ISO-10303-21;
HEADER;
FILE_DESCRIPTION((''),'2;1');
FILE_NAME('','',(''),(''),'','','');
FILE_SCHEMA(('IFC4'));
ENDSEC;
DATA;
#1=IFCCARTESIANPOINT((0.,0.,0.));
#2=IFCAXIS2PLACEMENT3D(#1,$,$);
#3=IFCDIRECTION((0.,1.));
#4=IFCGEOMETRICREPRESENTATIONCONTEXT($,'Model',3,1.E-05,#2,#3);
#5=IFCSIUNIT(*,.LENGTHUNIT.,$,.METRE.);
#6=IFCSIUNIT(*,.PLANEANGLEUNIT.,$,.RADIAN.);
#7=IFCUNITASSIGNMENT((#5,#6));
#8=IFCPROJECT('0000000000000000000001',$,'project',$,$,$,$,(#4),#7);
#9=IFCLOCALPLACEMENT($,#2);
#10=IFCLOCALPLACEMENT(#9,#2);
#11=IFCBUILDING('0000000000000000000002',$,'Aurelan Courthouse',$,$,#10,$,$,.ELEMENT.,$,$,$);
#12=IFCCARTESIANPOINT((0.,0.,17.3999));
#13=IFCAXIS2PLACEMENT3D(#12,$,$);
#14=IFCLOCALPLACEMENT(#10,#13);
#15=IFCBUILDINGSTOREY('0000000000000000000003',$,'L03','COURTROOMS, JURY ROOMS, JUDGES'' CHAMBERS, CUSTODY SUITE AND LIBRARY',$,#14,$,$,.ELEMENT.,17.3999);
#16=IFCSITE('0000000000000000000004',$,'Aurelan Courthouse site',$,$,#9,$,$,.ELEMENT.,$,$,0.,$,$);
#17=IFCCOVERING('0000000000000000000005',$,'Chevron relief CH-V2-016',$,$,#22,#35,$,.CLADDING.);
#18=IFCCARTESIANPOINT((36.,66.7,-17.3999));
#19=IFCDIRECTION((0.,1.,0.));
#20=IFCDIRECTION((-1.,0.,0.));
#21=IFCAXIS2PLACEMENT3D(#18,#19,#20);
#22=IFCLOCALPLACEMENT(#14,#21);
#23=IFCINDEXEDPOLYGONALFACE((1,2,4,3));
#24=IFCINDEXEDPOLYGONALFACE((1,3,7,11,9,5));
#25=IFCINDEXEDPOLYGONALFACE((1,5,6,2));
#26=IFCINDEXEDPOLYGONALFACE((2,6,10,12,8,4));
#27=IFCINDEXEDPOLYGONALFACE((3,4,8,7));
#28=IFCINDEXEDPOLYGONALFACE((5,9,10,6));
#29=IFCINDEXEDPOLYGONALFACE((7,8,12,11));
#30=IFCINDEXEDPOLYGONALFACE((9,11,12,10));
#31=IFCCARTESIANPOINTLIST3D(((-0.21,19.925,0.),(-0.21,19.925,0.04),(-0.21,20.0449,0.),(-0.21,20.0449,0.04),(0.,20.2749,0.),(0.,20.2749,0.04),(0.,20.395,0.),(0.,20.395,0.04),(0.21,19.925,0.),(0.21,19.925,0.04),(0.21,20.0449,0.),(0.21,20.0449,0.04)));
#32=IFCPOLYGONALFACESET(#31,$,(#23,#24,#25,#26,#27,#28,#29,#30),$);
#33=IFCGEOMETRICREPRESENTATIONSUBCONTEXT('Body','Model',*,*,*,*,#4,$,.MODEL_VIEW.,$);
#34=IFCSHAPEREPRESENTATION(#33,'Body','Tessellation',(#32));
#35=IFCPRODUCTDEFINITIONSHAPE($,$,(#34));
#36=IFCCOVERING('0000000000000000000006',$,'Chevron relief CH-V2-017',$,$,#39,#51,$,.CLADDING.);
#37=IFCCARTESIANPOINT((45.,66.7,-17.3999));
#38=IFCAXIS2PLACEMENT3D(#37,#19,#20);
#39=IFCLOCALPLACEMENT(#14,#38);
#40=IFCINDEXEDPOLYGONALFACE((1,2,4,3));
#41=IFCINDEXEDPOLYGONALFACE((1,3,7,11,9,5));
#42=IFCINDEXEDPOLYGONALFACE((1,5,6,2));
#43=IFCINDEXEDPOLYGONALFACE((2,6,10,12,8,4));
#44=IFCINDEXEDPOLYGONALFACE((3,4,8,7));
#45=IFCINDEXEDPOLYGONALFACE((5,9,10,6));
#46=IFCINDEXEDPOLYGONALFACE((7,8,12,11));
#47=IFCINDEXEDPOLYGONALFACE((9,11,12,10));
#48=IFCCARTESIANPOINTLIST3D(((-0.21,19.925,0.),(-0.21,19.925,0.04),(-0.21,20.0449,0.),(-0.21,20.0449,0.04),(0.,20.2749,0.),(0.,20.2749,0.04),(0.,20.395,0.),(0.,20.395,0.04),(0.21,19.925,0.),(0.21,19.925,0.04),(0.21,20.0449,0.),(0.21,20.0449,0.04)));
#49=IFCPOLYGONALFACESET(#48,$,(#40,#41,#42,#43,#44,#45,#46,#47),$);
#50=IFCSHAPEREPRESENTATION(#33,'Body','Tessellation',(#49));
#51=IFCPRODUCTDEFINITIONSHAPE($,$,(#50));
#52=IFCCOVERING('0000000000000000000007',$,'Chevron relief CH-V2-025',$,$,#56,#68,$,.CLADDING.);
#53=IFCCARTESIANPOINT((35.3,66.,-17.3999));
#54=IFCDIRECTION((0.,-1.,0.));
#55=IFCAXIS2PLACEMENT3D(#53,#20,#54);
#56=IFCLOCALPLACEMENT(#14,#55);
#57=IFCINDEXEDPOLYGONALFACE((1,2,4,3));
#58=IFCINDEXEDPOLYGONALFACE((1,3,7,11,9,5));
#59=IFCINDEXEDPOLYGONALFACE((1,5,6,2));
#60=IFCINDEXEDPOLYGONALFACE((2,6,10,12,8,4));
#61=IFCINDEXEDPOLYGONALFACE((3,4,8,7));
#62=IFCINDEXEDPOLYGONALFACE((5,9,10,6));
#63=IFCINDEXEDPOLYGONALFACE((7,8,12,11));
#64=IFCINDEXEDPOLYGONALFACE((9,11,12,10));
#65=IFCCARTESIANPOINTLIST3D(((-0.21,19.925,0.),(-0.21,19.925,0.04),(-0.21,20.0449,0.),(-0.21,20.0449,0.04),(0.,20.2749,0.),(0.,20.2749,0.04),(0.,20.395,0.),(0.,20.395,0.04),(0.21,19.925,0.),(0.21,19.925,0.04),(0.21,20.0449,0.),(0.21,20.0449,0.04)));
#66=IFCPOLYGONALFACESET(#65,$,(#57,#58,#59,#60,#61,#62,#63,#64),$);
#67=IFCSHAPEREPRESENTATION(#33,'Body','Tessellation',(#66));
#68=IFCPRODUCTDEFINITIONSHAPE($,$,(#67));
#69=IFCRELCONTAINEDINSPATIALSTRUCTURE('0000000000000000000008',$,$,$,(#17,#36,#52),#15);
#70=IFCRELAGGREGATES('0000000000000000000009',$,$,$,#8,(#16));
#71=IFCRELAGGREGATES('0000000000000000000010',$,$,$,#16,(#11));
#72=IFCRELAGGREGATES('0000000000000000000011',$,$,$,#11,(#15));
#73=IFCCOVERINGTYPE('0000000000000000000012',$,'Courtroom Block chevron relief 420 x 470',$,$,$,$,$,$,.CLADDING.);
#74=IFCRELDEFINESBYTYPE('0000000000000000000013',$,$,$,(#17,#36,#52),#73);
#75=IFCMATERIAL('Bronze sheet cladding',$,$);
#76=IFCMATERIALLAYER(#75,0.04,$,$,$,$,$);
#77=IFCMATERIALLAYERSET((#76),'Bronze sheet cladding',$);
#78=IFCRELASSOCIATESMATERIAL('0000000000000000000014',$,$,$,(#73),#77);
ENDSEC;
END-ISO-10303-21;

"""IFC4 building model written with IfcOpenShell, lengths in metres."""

from ifc_helpers import new_model, si_unit, direction, frame, origin, place, context, subcontext, project, spatial, polyline, outline, extrude, material, layer, layer_set, type_object, element, save


model = new_model("IFC4")

# Units and contexts
model_context = context("Model", 3, precision=1e-05, world=origin(), true_north=direction((0.0, 1.0)))
body_context = subcontext(model_context, "Body", "Model", "MODEL_VIEW")
ifc_project = project(units=[si_unit("LENGTHUNIT", "METRE"), si_unit("PLANEANGLEUNIT", "RADIAN")], contexts=[model_context])

# Site, building, storey
site_placement = place(None, origin())
site = spatial("IfcSite", under=ifc_project, at=site_placement, Name="Aurelan Courthouse site", CompositionType="ELEMENT", RefElevation=0.0)
building_placement = place(site_placement, origin())
building = spatial("IfcBuilding", under=site, at=building_placement, Name="Aurelan Courthouse", CompositionType="ELEMENT")
storey_placement = place(building_placement, frame((0.0, 0.0, 17.3999)))
storey = spatial("IfcBuildingStorey", under=building, at=storey_placement, Name="L03", Description="COURTROOMS, JURY ROOMS, JUDGES' CHAMBERS, CUSTODY SUITE AND LIBRARY", CompositionType="ELEMENT", Elevation=17.3999)

# Coverings
ifc_material_1 = material(Name="Bronze sheet cladding")
ifc_layer_1 = layer(ifc_material_1, 0.04)
ifc_layer_set_1 = layer_set([ifc_layer_1], Name="Bronze sheet cladding")
covering_type_1 = type_object("IfcCoveringType", Name="Courtroom Block chevron relief 420 x 470", PredefinedType="CLADDING", material=ifc_layer_set_1)
for number, where, z_axis, x_axis, name in (
    (1, (36.0, 66.7, -17.3999), (0.0, 1.0, 0.0), (-1.0, 0.0, 0.0), "Chevron relief CH-V2-016"),
    (2, (45.0, 66.7, -17.3999), (0.0, 1.0, 0.0), (-1.0, 0.0, 0.0), "Chevron relief CH-V2-017"),
    (3, (35.3, 66.0, -17.3999), (-1.0, 0.0, 0.0), (0.0, -1.0, 0.0), "Chevron relief CH-V2-025"),
):
    element("IfcCovering", number, at=place(storey_placement, frame(where, z_axis=z_axis, x_axis=x_axis)), inside=storey, type_object=covering_type_1, Name=name, PredefinedType="CLADDING", context=body_context, shape_type="SweptSolid", body=[
        extrude(outline(polyline([(-0.21, 19.925), (0.0, 20.2749), (0.21, 19.925), (0.21, 20.0449), (0.0, 20.395), (-0.21, 20.0449), (-0.21, 19.925)])), origin(), (0.0, 0.0, 1.0), 0.04),
    ])

save(model, "model.ifc")
